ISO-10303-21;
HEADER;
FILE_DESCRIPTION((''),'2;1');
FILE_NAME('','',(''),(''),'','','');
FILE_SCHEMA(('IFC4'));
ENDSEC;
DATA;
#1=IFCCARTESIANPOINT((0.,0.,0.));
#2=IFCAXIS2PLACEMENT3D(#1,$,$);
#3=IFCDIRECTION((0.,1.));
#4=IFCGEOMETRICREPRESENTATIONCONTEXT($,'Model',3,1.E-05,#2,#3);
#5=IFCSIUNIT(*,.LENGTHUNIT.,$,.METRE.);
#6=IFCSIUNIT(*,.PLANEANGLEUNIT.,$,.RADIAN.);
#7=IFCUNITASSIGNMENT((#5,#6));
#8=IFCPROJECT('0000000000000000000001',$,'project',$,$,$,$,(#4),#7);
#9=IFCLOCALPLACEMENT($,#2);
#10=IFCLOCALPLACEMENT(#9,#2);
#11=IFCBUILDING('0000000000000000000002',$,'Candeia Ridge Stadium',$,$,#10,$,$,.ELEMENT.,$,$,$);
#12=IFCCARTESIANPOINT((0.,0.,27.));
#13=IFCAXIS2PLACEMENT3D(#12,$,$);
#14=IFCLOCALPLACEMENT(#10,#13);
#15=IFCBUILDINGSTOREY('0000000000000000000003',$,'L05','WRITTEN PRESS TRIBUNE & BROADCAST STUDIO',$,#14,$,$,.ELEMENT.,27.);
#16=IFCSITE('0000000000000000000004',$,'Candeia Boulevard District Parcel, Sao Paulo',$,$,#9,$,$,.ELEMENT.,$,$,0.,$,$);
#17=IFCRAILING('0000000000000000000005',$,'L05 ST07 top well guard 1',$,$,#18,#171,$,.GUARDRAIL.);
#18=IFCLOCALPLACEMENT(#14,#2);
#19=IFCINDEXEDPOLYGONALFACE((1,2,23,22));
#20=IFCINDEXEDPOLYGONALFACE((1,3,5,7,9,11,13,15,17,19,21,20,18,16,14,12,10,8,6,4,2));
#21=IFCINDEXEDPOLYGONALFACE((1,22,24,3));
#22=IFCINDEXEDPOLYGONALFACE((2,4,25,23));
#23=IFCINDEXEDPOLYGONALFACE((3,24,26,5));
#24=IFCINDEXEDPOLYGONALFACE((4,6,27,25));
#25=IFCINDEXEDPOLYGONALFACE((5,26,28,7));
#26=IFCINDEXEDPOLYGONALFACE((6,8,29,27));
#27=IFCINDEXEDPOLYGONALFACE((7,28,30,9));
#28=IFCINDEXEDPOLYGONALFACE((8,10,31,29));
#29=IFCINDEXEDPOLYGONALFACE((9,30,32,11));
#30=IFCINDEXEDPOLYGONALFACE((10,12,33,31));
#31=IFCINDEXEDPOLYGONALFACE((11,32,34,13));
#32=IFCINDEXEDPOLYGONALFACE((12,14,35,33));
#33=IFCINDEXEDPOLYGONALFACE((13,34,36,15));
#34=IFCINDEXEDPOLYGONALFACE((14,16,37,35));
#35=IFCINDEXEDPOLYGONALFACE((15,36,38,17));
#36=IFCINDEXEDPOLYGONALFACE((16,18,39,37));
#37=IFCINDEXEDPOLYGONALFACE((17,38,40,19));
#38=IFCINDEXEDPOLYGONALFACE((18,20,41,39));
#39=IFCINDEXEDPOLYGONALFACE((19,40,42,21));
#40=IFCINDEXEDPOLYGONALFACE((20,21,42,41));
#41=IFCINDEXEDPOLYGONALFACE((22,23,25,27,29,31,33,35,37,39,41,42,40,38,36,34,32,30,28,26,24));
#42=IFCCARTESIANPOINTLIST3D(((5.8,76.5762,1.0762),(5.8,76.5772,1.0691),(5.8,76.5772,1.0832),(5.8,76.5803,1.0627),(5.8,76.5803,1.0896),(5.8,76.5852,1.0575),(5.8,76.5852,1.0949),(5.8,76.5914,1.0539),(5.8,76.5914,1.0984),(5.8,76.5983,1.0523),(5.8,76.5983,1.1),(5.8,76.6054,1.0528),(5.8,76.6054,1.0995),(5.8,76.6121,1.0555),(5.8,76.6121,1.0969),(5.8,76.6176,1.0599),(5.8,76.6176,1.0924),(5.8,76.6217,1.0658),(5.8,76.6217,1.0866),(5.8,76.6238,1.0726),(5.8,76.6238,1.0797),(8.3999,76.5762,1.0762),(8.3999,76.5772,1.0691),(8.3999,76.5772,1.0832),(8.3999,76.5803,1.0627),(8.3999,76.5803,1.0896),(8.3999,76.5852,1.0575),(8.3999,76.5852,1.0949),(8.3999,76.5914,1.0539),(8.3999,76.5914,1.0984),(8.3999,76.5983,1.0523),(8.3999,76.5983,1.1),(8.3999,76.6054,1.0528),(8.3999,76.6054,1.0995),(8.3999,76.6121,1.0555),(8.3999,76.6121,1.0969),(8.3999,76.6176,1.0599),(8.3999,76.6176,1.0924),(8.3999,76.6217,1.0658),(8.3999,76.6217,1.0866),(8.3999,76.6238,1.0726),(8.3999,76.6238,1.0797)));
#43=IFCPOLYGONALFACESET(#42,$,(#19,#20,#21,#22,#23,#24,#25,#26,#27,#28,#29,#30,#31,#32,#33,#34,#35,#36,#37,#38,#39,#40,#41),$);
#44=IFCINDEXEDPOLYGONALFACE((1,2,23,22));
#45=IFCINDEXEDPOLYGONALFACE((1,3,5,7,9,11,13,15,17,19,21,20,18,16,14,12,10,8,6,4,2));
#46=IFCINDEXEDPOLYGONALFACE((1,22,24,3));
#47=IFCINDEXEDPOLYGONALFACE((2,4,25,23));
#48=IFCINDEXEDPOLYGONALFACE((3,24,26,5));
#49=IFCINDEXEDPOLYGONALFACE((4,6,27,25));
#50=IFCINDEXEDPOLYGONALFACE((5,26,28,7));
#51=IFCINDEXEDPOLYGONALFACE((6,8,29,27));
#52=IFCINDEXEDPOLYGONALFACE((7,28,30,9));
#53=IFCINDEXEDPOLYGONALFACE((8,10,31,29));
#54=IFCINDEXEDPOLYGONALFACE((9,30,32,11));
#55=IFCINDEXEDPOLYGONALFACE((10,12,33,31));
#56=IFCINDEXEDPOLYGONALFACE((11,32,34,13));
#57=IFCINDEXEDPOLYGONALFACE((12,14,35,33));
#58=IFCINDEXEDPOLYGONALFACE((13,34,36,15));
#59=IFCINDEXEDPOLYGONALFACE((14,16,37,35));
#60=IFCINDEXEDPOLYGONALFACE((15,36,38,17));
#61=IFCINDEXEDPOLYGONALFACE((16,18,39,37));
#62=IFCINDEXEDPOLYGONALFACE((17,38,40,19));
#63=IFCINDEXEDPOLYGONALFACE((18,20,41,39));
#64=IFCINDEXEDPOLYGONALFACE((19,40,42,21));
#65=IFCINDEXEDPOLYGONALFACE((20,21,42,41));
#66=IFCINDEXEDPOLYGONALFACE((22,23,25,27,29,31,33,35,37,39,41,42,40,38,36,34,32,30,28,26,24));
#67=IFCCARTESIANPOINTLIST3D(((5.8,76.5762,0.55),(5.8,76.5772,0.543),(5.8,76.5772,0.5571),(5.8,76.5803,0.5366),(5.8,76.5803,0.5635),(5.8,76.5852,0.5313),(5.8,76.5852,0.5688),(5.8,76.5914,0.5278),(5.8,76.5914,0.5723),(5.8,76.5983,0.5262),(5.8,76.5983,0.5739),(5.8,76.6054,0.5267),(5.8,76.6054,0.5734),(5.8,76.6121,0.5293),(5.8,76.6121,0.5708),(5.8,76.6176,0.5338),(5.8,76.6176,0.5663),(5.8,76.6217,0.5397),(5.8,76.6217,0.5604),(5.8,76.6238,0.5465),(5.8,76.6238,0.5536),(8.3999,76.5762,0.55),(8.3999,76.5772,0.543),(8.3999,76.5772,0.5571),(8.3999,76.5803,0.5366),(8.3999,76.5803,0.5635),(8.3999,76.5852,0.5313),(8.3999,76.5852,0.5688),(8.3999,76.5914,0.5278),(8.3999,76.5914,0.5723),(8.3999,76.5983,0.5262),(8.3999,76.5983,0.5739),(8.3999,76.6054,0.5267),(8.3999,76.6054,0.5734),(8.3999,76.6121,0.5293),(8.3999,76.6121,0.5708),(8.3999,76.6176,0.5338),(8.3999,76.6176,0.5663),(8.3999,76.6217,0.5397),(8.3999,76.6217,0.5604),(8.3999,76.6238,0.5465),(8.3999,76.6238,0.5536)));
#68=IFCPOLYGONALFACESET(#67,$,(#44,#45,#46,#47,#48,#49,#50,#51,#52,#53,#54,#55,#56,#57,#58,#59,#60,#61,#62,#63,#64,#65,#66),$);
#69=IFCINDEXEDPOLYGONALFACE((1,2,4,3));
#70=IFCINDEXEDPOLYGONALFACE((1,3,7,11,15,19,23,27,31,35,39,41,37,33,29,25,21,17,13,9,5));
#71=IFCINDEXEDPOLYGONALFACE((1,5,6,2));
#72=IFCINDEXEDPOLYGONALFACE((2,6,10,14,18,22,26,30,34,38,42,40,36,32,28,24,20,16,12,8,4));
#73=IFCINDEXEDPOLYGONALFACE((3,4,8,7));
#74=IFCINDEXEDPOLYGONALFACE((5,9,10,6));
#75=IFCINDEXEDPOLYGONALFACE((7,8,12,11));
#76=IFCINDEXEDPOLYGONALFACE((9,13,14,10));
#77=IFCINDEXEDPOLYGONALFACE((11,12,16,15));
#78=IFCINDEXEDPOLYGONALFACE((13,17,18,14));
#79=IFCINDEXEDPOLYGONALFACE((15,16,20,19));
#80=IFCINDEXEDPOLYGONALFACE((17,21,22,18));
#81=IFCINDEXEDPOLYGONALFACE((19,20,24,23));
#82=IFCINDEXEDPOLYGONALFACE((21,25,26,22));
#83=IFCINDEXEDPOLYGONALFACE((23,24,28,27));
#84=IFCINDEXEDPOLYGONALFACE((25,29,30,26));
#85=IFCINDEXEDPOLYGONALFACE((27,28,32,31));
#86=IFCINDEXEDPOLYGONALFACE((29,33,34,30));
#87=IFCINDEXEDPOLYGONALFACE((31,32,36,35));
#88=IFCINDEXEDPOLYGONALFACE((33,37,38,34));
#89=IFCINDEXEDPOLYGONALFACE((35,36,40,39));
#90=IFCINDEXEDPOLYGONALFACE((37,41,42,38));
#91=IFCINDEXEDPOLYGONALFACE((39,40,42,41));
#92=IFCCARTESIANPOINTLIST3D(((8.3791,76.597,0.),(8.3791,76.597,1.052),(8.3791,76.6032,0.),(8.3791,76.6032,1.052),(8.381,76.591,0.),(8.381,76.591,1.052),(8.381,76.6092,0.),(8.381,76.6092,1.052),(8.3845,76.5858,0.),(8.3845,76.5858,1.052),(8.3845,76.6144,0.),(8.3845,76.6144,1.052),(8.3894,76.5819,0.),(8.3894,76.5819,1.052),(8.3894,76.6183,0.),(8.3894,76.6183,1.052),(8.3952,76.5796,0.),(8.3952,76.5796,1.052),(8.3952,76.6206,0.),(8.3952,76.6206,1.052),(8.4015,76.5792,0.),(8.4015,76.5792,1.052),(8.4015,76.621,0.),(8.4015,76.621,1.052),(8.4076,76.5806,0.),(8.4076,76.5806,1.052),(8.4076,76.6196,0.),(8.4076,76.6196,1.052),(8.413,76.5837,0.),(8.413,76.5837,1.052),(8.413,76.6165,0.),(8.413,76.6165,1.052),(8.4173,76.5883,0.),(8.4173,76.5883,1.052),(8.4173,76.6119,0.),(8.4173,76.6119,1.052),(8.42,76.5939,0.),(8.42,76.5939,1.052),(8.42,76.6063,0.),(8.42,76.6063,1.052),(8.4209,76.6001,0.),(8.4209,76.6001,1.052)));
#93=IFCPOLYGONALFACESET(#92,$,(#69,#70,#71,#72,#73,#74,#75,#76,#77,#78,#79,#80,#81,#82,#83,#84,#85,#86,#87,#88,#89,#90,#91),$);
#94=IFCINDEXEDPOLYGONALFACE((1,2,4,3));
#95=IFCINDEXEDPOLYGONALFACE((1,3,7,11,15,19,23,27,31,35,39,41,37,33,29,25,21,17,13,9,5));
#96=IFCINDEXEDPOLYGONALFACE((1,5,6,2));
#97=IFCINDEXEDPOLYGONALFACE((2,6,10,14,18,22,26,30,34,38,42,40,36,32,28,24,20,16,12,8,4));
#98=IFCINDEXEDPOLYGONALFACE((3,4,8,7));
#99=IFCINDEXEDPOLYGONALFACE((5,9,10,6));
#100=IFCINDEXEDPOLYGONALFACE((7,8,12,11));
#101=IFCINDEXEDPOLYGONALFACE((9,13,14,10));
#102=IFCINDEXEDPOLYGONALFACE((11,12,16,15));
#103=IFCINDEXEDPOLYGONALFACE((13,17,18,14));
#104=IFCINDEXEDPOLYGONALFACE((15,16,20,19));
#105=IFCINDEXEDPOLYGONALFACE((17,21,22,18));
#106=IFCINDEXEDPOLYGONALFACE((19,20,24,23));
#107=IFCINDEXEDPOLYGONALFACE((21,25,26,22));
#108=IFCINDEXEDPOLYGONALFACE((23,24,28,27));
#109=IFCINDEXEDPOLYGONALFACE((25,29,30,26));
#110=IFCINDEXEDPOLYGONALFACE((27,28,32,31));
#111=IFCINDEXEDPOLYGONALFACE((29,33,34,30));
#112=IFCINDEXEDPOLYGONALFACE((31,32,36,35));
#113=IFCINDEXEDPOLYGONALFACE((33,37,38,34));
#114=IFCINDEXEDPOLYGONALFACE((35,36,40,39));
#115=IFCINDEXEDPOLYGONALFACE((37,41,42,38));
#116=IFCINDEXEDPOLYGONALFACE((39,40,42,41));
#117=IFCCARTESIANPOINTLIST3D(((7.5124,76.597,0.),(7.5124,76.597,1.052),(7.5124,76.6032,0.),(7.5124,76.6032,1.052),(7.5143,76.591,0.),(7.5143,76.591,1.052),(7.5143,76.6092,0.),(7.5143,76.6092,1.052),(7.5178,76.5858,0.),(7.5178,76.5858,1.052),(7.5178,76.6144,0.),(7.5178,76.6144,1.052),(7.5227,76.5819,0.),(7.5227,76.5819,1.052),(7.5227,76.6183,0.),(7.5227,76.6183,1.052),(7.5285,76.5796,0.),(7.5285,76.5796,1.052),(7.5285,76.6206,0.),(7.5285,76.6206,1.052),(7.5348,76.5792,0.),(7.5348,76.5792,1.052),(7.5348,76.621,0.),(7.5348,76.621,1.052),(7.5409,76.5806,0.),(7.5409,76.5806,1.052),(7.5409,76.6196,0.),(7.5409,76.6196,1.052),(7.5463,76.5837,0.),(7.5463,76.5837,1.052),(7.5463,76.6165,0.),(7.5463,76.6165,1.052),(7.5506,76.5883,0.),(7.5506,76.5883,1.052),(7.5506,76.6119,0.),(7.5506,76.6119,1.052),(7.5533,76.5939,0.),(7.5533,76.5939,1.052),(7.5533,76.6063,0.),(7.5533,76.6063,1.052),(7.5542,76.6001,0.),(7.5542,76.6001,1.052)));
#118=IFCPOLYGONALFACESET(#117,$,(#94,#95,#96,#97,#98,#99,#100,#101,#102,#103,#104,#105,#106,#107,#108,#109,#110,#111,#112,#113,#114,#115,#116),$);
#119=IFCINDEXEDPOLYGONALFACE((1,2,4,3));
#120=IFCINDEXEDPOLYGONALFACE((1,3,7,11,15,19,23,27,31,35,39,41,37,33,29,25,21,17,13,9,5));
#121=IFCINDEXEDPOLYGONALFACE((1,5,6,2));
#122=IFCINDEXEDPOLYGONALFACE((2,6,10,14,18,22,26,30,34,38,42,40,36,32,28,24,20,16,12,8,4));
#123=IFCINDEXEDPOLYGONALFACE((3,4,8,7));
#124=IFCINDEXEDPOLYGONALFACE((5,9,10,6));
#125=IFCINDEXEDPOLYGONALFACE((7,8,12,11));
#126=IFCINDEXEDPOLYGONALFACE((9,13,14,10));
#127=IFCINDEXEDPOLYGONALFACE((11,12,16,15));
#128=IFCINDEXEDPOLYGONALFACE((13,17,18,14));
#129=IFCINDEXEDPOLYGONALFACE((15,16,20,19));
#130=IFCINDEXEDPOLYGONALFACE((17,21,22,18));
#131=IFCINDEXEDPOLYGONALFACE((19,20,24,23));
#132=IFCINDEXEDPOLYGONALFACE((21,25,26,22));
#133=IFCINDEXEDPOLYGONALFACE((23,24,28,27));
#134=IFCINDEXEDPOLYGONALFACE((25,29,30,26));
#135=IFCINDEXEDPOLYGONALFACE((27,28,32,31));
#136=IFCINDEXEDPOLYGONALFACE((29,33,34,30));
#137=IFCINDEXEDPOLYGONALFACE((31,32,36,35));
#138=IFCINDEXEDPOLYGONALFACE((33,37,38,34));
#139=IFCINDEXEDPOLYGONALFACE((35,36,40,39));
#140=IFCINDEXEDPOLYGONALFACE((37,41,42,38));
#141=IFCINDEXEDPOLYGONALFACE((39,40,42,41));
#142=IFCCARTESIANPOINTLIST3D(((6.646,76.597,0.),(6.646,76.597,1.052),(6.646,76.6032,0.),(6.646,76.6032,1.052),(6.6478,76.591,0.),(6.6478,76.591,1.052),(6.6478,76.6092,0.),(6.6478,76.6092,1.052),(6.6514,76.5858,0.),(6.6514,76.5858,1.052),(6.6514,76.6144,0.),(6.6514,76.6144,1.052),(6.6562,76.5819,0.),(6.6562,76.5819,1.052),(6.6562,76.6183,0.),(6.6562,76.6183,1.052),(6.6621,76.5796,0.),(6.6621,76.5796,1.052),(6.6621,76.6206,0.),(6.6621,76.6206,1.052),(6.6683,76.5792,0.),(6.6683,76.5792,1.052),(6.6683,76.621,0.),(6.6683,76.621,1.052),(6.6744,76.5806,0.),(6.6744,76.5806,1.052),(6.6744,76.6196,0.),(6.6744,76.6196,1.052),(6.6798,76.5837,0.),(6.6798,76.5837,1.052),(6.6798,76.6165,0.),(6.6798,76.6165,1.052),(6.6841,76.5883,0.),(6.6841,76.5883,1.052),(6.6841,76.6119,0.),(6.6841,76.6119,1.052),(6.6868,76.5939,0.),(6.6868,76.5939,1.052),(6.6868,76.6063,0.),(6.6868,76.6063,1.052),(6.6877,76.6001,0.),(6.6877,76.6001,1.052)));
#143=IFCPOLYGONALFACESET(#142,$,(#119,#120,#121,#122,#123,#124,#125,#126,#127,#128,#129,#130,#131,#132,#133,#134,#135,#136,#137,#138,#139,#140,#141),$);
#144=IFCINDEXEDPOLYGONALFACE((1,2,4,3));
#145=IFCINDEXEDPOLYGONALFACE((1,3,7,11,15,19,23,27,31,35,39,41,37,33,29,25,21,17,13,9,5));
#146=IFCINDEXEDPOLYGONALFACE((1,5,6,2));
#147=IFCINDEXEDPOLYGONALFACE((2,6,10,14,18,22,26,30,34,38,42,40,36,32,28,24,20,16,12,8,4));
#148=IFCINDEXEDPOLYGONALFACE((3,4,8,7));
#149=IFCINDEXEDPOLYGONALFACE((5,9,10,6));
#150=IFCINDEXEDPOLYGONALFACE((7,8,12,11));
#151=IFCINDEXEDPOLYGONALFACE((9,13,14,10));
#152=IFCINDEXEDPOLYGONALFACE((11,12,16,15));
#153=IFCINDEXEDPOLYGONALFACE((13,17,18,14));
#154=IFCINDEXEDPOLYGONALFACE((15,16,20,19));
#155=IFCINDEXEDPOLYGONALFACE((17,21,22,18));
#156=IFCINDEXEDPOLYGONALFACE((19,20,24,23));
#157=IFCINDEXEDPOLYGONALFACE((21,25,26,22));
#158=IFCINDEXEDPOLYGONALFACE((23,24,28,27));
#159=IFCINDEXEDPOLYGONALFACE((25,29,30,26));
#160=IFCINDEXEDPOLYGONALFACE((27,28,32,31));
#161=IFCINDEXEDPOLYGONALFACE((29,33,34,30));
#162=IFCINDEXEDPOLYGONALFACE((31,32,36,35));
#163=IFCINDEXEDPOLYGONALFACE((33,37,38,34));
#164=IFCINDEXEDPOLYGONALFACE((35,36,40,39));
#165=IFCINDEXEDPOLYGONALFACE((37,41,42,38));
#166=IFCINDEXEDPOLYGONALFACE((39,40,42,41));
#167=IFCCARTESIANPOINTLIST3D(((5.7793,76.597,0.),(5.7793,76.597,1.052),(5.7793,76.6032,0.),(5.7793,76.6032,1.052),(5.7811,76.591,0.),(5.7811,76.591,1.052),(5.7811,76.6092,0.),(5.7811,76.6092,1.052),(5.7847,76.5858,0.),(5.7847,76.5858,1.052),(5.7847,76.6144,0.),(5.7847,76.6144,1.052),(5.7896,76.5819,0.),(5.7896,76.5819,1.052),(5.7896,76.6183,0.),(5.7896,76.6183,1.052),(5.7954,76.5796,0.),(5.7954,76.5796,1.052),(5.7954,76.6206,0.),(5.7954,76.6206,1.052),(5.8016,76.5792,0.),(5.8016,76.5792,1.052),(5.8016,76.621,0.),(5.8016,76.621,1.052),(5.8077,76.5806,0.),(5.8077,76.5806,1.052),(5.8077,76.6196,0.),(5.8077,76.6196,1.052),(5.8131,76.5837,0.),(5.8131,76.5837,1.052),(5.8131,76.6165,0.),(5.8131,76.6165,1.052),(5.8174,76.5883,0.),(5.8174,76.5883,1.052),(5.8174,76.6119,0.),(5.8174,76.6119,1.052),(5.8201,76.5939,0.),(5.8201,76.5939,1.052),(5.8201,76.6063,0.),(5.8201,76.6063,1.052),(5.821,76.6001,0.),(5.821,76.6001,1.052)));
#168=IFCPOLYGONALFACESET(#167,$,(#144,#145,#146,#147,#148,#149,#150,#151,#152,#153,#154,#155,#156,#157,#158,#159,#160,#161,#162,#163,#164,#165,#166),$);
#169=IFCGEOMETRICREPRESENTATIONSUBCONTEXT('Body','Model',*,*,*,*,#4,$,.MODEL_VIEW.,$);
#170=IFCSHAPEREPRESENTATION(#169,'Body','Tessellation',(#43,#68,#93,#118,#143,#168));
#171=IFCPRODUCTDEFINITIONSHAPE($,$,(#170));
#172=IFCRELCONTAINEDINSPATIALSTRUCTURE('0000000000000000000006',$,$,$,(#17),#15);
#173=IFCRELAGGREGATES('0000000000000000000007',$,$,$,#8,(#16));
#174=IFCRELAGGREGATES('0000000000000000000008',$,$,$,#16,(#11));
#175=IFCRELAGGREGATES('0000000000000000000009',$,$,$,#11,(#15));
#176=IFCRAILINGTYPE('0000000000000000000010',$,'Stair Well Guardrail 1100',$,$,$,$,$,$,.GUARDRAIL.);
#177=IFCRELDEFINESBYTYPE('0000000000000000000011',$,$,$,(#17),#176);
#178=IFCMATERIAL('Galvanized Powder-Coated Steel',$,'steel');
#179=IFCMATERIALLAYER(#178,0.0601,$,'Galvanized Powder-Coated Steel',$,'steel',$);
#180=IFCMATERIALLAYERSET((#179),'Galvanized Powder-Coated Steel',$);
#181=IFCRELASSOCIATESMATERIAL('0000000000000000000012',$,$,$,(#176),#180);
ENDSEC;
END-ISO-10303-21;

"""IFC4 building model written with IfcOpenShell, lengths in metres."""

from ifc_helpers import new_model, si_unit, direction, frame, origin, origin_2d, place, context, subcontext, project, spatial, circle, extrude, material, layer, layer_set, type_object, element, save


model = new_model("IFC4")

# Units and contexts
model_context = context("Model", 3, precision=1e-05, world=origin(), true_north=direction((0.0, 1.0)))
body_context = subcontext(model_context, "Body", "Model", "MODEL_VIEW")
ifc_project = project(units=[si_unit("LENGTHUNIT", "METRE"), si_unit("PLANEANGLEUNIT", "RADIAN")], contexts=[model_context])

# Site, building, storey
site_placement = place(None, origin())
site = spatial("IfcSite", under=ifc_project, at=site_placement, Name="Candeia Boulevard District Parcel, Sao Paulo", CompositionType="ELEMENT", RefElevation=0.0)
building_placement = place(site_placement, origin())
building = spatial("IfcBuilding", under=site, at=building_placement, Name="Candeia Ridge Stadium", CompositionType="ELEMENT")
storey_placement = place(building_placement, frame((0.0, 0.0, 27.0)))
storey = spatial("IfcBuildingStorey", under=building, at=storey_placement, Name="L05", Description="WRITTEN PRESS TRIBUNE & BROADCAST STUDIO", CompositionType="ELEMENT", Elevation=27.0)

# Railing
ifc_material_1 = material(Name="Galvanized Powder-Coated Steel", Category="steel")
ifc_layer_1 = layer(ifc_material_1, 0.0601, Name="Galvanized Powder-Coated Steel", Category="steel")
ifc_layer_set_1 = layer_set([ifc_layer_1], Name="Galvanized Powder-Coated Steel")
railing_type = type_object("IfcRailingType", Name="Stair Well Guardrail 1100", PredefinedType="GUARDRAIL", material=ifc_layer_set_1)
railing_placement = place(storey_placement, frame((8.3999, 76.6001, 0.0)))
element("IfcRailing", 1, at=railing_placement, inside=storey, type_object=railing_type, Name="L05 ST07 top well guard 1", PredefinedType="GUARDRAIL", context=body_context, shape_type="SweptSolid", body=[
    extrude(circle(Radius=0.0239, at=origin_2d()), frame((0.0, 0.0, 1.0762), z_axis=(-1.0, 0.0, 0.0), x_axis=(0.0, -1.0, 0.0)), (0.0, 0.0, 1.0), 2.5999),
    extrude(circle(Radius=0.0239, at=origin_2d()), frame((0.0, 0.0, 0.55), z_axis=(-1.0, 0.0, 0.0), x_axis=(0.0, -1.0, 0.0)), (0.0, 0.0, 1.0), 2.5999),
    extrude(circle(Radius=0.021, at=origin_2d()), origin(), (0.0, 0.0, 1.0), 1.052),
    extrude(circle(Radius=0.021, at=origin_2d()), frame((-0.8667, 0.0, 0.0)), (0.0, 0.0, 1.0), 1.052),
    extrude(circle(Radius=0.021, at=origin_2d()), frame((-1.7332, 0.0, 0.0)), (0.0, 0.0, 1.0), 1.052),
    extrude(circle(Radius=0.021, at=origin_2d()), frame((-2.5999, 0.0, 0.0)), (0.0, 0.0, 1.0), 1.052),
])

save(model, "model.ifc")
